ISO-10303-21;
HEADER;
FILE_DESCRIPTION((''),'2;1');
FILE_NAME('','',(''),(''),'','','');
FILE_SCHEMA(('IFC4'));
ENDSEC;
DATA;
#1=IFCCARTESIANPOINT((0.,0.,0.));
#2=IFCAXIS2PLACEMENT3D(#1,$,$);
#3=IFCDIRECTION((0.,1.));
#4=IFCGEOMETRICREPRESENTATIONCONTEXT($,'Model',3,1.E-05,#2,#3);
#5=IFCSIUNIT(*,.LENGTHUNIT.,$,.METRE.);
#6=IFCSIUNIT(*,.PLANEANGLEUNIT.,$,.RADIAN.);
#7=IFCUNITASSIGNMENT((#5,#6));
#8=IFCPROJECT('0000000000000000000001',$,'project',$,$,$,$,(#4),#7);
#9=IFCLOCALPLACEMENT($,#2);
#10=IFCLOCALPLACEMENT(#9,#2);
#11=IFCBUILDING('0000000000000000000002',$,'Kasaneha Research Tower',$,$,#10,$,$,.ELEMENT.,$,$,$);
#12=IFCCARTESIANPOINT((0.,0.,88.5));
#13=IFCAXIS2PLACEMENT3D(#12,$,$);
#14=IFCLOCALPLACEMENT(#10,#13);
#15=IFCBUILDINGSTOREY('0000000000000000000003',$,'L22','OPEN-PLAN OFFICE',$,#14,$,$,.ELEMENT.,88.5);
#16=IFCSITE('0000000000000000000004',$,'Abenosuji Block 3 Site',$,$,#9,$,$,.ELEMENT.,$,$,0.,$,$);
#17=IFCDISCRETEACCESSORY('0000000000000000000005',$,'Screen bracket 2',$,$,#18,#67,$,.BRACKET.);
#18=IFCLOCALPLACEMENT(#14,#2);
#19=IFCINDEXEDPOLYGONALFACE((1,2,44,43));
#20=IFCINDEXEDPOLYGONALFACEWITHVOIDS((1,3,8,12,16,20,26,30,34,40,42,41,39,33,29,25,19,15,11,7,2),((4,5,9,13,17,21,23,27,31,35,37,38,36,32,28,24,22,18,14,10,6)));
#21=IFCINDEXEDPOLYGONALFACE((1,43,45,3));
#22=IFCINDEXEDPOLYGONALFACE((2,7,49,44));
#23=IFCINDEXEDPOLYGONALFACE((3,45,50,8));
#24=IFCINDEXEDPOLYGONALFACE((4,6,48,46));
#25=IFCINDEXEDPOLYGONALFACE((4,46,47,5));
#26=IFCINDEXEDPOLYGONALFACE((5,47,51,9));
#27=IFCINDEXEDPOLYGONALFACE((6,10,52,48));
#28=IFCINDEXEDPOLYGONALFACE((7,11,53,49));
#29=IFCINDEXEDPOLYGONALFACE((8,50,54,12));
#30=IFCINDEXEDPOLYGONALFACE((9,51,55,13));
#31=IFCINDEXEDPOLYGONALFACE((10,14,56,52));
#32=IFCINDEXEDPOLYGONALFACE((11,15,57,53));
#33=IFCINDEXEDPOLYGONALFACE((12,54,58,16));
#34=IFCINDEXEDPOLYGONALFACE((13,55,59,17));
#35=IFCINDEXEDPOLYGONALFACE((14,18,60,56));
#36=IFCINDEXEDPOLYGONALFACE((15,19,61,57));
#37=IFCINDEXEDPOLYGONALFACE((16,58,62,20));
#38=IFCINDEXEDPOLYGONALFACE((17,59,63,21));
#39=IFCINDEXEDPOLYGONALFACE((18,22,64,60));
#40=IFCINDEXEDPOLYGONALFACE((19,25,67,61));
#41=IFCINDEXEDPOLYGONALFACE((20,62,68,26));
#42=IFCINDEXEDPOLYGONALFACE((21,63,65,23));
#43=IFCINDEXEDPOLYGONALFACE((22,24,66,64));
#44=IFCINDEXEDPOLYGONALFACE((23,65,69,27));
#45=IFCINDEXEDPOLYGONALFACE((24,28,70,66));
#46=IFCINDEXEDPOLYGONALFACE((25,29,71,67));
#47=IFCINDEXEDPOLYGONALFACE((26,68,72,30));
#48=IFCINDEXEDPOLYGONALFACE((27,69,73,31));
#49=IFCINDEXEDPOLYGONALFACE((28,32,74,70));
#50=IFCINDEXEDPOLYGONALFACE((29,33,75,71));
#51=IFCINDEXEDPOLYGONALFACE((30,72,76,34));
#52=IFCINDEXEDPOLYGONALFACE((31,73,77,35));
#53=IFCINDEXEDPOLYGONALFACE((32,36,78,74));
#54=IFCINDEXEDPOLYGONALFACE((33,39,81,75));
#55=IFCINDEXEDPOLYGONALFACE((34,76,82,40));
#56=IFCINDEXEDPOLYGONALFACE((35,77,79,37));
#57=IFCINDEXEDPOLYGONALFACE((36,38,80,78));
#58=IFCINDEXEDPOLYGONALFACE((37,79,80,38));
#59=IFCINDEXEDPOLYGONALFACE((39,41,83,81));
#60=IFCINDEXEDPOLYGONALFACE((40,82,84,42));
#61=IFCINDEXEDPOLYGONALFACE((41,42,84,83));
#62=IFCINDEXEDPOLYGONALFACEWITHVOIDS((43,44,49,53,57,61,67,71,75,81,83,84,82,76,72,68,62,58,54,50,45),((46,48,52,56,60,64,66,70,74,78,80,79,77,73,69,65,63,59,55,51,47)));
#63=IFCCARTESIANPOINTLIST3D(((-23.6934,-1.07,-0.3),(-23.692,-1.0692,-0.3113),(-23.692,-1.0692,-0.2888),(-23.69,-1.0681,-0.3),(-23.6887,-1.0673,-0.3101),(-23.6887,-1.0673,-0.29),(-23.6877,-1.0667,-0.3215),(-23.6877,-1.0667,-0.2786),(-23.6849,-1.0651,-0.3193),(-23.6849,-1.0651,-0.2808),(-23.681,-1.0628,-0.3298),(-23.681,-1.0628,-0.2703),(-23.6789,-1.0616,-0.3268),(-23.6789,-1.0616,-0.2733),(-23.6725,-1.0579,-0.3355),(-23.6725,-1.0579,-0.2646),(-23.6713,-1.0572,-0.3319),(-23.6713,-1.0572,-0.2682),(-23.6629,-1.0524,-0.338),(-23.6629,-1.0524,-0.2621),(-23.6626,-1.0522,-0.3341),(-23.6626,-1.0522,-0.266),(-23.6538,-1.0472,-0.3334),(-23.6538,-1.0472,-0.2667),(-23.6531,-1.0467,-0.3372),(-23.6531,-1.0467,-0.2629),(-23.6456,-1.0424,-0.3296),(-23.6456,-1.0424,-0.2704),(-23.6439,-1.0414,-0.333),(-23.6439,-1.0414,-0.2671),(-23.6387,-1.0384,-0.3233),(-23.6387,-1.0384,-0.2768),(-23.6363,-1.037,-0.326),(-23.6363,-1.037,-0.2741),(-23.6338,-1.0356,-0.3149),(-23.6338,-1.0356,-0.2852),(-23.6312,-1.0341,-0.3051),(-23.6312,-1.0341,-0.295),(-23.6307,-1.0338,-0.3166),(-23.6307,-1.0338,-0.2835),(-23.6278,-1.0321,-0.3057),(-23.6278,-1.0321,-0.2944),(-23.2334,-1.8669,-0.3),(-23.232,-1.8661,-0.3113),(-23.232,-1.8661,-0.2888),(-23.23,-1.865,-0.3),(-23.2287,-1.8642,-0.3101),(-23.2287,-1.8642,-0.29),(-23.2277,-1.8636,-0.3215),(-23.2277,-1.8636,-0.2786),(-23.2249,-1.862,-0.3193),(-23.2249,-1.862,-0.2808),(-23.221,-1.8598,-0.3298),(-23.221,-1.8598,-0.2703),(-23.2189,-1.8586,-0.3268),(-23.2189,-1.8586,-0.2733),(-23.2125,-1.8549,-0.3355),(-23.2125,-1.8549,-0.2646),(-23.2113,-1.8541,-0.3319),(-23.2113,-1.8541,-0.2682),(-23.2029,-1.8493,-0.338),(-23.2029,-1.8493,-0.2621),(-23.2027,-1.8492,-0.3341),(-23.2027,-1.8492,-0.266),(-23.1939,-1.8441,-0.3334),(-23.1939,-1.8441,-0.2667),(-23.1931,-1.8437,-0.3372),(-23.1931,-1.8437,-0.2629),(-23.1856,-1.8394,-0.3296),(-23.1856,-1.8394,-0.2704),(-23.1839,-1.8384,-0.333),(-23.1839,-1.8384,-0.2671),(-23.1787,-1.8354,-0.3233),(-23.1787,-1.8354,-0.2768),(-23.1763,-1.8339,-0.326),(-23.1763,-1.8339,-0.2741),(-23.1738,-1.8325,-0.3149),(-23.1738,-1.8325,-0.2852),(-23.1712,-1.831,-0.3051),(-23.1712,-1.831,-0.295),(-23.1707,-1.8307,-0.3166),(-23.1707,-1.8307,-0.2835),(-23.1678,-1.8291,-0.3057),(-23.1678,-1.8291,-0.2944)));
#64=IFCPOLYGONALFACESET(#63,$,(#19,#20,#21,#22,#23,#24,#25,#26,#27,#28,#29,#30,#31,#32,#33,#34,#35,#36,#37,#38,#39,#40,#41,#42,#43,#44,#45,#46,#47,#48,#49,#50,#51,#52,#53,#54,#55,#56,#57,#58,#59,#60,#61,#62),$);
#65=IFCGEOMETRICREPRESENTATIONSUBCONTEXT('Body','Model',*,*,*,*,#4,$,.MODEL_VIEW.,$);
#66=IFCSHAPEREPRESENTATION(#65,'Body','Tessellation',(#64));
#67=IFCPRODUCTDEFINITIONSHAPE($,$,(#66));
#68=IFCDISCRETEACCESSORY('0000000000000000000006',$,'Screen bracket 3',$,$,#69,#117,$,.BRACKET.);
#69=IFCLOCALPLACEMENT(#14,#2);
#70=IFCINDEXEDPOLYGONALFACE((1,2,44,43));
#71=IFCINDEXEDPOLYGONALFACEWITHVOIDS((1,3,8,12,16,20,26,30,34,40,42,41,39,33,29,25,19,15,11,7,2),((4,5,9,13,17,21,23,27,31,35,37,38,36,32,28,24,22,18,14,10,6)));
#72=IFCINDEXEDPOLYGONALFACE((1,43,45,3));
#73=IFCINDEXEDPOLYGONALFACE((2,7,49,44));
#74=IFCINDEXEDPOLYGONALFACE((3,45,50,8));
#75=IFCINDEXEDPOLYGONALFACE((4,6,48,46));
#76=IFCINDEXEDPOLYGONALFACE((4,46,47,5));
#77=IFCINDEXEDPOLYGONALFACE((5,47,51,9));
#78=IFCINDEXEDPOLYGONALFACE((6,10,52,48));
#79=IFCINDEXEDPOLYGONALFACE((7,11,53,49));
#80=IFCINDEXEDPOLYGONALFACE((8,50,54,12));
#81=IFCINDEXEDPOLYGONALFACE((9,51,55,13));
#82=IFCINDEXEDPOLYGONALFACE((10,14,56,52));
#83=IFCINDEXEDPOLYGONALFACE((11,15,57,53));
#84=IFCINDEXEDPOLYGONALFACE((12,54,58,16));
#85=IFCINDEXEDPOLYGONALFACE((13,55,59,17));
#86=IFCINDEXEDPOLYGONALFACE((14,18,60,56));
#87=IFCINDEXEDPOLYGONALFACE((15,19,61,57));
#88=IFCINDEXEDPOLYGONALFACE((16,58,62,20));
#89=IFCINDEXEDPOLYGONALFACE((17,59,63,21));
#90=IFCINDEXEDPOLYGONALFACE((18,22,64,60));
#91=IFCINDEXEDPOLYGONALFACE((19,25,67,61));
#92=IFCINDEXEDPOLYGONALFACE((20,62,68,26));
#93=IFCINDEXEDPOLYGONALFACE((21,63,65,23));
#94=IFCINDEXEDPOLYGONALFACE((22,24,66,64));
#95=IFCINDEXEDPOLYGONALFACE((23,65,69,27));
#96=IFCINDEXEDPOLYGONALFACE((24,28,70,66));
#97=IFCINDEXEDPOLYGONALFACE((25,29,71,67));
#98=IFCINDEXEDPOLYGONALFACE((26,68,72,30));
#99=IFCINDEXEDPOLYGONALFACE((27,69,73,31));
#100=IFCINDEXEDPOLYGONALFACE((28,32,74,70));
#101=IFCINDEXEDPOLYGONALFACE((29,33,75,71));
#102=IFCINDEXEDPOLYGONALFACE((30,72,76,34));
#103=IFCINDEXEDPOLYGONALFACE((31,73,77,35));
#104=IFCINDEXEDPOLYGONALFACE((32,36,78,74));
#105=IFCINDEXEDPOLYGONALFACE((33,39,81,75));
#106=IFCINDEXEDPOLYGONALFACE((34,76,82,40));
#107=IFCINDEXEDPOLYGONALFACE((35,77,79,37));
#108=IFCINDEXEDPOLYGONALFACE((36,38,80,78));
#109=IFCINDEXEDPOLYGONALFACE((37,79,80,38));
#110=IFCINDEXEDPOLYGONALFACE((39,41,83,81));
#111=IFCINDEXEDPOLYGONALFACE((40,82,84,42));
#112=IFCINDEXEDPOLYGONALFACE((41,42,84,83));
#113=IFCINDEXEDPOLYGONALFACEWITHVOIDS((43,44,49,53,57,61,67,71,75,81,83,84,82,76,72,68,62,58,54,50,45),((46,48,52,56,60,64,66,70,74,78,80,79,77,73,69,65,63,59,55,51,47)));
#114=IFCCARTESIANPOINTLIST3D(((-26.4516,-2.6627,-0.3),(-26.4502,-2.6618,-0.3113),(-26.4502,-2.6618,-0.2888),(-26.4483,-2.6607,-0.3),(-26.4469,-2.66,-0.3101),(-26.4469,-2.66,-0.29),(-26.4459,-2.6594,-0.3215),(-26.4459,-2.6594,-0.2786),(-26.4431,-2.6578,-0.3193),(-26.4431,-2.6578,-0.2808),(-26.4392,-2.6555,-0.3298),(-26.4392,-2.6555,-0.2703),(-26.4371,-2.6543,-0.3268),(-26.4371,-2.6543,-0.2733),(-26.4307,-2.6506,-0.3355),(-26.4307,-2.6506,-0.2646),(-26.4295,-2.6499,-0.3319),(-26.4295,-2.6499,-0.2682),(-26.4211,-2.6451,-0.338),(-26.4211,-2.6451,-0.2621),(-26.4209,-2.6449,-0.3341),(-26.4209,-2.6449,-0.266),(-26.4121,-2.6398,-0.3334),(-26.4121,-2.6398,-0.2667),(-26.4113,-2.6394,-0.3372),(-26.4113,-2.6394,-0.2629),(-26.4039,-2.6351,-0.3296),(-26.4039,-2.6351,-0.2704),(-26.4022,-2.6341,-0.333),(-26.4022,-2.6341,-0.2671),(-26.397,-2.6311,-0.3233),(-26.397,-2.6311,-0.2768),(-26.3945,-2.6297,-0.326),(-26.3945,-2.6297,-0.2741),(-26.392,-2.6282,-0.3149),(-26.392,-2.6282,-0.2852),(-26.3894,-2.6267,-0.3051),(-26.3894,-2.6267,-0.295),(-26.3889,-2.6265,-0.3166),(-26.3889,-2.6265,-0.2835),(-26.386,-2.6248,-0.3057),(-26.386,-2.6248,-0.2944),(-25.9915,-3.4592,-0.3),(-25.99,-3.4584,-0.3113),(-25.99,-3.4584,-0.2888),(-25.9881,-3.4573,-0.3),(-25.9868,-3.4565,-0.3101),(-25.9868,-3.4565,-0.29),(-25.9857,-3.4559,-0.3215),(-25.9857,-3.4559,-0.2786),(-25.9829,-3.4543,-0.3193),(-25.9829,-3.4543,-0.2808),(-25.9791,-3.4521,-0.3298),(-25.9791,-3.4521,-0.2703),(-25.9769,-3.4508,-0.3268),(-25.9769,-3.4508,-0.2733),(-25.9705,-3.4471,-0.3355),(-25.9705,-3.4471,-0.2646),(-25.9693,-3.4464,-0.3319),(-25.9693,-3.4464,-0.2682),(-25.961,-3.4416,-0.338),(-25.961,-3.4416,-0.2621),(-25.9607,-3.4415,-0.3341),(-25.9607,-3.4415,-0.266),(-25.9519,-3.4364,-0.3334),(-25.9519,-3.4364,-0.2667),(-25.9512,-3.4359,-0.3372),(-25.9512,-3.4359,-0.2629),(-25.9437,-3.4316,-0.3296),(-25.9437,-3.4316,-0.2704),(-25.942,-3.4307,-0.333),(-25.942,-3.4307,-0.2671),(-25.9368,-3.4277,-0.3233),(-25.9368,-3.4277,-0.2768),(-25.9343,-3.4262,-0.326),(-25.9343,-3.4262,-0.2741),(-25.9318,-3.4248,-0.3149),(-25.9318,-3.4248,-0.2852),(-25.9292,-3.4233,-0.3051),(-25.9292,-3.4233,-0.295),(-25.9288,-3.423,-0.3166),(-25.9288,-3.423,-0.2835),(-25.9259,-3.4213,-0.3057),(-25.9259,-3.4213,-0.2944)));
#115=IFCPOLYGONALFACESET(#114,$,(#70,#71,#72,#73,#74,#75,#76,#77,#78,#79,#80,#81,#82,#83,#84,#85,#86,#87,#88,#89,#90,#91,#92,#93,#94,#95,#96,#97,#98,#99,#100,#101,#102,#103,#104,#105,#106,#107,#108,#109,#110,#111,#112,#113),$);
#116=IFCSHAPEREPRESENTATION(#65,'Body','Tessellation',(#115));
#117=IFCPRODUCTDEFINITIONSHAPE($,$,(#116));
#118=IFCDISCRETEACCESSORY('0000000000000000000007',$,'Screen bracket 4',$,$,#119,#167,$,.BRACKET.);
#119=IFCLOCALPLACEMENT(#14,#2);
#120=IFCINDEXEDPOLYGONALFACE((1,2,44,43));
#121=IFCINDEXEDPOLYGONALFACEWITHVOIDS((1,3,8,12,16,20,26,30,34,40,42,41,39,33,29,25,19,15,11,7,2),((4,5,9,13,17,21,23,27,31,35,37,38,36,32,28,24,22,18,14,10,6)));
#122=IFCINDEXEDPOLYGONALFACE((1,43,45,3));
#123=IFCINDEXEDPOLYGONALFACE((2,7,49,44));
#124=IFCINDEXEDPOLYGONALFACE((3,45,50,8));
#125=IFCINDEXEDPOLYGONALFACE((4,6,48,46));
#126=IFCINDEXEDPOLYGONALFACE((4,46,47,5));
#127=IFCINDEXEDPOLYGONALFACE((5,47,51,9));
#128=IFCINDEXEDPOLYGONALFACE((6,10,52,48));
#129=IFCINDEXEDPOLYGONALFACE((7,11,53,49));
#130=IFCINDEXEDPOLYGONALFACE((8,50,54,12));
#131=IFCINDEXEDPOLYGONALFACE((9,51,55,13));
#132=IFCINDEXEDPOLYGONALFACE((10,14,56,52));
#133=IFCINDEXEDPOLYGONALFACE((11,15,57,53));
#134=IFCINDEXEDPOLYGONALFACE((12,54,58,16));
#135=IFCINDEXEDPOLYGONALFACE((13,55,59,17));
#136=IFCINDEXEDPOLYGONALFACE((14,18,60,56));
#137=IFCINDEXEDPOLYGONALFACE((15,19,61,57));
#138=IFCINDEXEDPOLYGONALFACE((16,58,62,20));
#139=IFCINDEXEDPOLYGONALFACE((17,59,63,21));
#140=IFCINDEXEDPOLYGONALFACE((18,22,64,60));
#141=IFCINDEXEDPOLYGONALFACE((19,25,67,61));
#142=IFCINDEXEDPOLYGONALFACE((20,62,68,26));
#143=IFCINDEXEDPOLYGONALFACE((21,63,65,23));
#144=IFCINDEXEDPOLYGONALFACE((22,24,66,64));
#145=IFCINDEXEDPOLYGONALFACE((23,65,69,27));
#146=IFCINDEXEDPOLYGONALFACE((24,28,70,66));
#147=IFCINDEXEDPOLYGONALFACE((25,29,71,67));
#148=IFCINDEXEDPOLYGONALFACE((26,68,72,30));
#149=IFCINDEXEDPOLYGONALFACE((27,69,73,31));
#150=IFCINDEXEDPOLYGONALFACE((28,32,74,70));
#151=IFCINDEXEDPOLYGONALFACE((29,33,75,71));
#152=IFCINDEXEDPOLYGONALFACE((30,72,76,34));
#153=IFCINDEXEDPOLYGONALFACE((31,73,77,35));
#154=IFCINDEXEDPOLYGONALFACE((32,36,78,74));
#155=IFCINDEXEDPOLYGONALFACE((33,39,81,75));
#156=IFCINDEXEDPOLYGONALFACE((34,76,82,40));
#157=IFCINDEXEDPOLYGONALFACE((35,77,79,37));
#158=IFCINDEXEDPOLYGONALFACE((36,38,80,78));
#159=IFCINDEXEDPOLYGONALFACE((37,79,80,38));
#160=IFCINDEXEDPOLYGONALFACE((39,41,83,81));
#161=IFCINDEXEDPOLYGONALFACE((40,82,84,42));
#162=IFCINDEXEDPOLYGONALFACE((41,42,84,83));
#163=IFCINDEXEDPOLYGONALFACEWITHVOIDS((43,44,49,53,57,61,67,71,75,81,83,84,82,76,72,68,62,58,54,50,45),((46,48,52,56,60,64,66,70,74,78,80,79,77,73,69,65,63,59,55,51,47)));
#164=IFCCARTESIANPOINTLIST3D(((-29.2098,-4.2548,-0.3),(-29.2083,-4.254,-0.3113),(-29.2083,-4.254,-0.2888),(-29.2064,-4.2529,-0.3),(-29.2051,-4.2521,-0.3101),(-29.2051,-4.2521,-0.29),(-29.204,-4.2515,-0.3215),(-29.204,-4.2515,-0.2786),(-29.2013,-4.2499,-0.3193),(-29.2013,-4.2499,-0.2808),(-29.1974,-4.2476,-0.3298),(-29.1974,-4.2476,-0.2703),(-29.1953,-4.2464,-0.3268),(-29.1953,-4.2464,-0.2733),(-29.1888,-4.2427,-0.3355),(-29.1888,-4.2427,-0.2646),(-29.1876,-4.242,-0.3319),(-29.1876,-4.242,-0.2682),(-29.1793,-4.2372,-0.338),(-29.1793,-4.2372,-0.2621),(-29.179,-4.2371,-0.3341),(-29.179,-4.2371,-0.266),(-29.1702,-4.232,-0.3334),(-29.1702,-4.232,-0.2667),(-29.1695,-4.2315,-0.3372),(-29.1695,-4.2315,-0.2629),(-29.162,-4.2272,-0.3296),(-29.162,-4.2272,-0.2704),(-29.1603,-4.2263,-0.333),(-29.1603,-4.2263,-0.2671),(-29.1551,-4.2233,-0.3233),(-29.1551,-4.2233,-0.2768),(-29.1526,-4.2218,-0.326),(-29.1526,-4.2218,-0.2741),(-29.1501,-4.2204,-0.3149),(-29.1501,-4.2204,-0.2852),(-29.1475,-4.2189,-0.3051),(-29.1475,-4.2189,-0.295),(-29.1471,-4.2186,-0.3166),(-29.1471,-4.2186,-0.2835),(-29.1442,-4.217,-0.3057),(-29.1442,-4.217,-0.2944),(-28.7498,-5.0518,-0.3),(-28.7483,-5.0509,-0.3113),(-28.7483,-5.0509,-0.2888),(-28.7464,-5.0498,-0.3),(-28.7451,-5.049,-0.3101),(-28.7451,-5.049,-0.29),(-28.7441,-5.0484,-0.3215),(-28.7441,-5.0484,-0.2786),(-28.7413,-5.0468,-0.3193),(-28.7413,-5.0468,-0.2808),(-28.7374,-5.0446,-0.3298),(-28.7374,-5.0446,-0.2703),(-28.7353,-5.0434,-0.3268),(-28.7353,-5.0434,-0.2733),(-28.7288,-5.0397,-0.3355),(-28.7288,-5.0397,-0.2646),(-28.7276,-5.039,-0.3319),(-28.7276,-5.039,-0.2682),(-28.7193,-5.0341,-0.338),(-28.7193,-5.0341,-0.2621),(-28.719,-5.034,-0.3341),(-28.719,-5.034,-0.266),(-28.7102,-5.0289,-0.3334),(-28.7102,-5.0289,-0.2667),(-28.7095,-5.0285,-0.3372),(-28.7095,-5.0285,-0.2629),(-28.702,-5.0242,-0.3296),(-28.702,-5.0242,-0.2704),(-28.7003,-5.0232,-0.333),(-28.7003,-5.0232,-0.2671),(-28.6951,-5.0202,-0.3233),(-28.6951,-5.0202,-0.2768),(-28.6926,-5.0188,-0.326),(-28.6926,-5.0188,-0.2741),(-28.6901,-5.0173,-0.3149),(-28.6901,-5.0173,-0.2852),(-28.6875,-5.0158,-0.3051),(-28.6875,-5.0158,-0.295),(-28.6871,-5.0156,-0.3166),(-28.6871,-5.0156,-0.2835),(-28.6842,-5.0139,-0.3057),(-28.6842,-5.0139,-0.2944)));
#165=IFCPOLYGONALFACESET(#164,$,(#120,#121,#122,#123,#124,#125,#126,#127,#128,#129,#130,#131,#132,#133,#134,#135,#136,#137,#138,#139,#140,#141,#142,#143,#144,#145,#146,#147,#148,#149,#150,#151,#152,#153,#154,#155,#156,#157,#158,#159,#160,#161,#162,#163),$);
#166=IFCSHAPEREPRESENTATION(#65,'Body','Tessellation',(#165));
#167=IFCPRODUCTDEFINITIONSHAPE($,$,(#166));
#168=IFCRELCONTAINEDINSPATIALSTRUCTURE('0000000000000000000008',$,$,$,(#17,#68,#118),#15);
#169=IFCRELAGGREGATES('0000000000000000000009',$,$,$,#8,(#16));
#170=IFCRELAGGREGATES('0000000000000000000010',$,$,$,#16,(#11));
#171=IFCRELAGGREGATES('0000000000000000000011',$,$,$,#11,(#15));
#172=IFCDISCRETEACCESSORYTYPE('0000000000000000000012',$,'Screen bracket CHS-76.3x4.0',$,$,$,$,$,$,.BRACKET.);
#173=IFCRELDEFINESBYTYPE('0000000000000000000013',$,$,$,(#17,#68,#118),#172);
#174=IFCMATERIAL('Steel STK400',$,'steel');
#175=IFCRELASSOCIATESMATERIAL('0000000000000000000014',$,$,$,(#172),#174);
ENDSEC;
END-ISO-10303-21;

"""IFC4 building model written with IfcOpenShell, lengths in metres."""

from ifc_helpers import new_model, si_unit, direction, frame, origin, origin_2d, place, context, subcontext, project, spatial, hollow_circle, extrude, material, material_profile, profile_set, type_object, element, save


model = new_model("IFC4")

# Units and contexts
model_context = context("Model", 3, precision=1e-05, world=origin(), true_north=direction((0.0, 1.0)))
body_context = subcontext(model_context, "Body", "Model", "MODEL_VIEW")
ifc_project = project(units=[si_unit("LENGTHUNIT", "METRE"), si_unit("PLANEANGLEUNIT", "RADIAN")], contexts=[model_context])

# Site, building, storey
site_placement = place(None, origin())
site = spatial("IfcSite", under=ifc_project, at=site_placement, Name="Abenosuji Block 3 Site", CompositionType="ELEMENT", RefElevation=0.0)
building_placement = place(site_placement, origin())
building = spatial("IfcBuilding", under=site, at=building_placement, Name="Kasaneha Research Tower", CompositionType="ELEMENT")
storey_placement = place(building_placement, frame((0.0, 0.0, 88.5)))
storey = spatial("IfcBuildingStorey", under=building, at=storey_placement, Name="L22", Description="OPEN-PLAN OFFICE", CompositionType="ELEMENT", Elevation=88.5)

# Discrete accessories
ifc_material_1 = material(Name="Steel STK400", Category="steel")
ifc_material_profile_1 = material_profile(ifc_material_1, hollow_circle(Radius=0.0381, WallThickness=0.0039, at=origin_2d()), Name="CHS-76.3x4.0")
ifc_profile_set_1 = profile_set([ifc_material_profile_1], Name="Steel STK400")
discrete_accessory_type = type_object("IfcDiscreteAccessoryType", Name="Screen bracket CHS-76.3x4.0", PredefinedType="BRACKET", material=ifc_profile_set_1)
discrete_accessory_1_placement = place(storey_placement, frame((-23.2004, -1.8479, -0.3), z_axis=(-0.499906, 0.86608, 0.0), x_axis=(-0.86608, -0.499906, 0.0)))
element("IfcDiscreteAccessory", 1, at=discrete_accessory_1_placement, inside=storey, type_object=discrete_accessory_type, Name="Screen bracket 2", PredefinedType="BRACKET", context=body_context, shape_type="SweptSolid", body=[
    extrude(hollow_circle(Radius=0.0381, WallThickness=0.0039, at=origin_2d()), origin(), (0.0, 0.0, 1.0), 0.9202),
])
discrete_accessory_2_placement = place(storey_placement, frame((-25.9585, -3.4402, -0.3), z_axis=(-0.50022, 0.865898, 0.0), x_axis=(-0.865898, -0.50022, 0.0)))
element("IfcDiscreteAccessory", 2, at=discrete_accessory_2_placement, inside=storey, type_object=discrete_accessory_type, Name="Screen bracket 3", PredefinedType="BRACKET", context=body_context, shape_type="SweptSolid", body=[
    extrude(hollow_circle(Radius=0.0381, WallThickness=0.0039, at=origin_2d()), origin(), (0.0, 0.0, 1.0), 0.9199),
])
discrete_accessory_3_placement = place(storey_placement, frame((-28.7168, -5.0327, -0.3), z_axis=(-0.499906, 0.86608, 0.0), x_axis=(-0.86608, -0.499906, 0.0)))
element("IfcDiscreteAccessory", 3, at=discrete_accessory_3_placement, inside=storey, type_object=discrete_accessory_type, Name="Screen bracket 4", PredefinedType="BRACKET", context=body_context, shape_type="SweptSolid", body=[
    extrude(hollow_circle(Radius=0.0381, WallThickness=0.0039, at=origin_2d()), origin(), (0.0, 0.0, 1.0), 0.9202),
])

save(model, "model.ifc")
